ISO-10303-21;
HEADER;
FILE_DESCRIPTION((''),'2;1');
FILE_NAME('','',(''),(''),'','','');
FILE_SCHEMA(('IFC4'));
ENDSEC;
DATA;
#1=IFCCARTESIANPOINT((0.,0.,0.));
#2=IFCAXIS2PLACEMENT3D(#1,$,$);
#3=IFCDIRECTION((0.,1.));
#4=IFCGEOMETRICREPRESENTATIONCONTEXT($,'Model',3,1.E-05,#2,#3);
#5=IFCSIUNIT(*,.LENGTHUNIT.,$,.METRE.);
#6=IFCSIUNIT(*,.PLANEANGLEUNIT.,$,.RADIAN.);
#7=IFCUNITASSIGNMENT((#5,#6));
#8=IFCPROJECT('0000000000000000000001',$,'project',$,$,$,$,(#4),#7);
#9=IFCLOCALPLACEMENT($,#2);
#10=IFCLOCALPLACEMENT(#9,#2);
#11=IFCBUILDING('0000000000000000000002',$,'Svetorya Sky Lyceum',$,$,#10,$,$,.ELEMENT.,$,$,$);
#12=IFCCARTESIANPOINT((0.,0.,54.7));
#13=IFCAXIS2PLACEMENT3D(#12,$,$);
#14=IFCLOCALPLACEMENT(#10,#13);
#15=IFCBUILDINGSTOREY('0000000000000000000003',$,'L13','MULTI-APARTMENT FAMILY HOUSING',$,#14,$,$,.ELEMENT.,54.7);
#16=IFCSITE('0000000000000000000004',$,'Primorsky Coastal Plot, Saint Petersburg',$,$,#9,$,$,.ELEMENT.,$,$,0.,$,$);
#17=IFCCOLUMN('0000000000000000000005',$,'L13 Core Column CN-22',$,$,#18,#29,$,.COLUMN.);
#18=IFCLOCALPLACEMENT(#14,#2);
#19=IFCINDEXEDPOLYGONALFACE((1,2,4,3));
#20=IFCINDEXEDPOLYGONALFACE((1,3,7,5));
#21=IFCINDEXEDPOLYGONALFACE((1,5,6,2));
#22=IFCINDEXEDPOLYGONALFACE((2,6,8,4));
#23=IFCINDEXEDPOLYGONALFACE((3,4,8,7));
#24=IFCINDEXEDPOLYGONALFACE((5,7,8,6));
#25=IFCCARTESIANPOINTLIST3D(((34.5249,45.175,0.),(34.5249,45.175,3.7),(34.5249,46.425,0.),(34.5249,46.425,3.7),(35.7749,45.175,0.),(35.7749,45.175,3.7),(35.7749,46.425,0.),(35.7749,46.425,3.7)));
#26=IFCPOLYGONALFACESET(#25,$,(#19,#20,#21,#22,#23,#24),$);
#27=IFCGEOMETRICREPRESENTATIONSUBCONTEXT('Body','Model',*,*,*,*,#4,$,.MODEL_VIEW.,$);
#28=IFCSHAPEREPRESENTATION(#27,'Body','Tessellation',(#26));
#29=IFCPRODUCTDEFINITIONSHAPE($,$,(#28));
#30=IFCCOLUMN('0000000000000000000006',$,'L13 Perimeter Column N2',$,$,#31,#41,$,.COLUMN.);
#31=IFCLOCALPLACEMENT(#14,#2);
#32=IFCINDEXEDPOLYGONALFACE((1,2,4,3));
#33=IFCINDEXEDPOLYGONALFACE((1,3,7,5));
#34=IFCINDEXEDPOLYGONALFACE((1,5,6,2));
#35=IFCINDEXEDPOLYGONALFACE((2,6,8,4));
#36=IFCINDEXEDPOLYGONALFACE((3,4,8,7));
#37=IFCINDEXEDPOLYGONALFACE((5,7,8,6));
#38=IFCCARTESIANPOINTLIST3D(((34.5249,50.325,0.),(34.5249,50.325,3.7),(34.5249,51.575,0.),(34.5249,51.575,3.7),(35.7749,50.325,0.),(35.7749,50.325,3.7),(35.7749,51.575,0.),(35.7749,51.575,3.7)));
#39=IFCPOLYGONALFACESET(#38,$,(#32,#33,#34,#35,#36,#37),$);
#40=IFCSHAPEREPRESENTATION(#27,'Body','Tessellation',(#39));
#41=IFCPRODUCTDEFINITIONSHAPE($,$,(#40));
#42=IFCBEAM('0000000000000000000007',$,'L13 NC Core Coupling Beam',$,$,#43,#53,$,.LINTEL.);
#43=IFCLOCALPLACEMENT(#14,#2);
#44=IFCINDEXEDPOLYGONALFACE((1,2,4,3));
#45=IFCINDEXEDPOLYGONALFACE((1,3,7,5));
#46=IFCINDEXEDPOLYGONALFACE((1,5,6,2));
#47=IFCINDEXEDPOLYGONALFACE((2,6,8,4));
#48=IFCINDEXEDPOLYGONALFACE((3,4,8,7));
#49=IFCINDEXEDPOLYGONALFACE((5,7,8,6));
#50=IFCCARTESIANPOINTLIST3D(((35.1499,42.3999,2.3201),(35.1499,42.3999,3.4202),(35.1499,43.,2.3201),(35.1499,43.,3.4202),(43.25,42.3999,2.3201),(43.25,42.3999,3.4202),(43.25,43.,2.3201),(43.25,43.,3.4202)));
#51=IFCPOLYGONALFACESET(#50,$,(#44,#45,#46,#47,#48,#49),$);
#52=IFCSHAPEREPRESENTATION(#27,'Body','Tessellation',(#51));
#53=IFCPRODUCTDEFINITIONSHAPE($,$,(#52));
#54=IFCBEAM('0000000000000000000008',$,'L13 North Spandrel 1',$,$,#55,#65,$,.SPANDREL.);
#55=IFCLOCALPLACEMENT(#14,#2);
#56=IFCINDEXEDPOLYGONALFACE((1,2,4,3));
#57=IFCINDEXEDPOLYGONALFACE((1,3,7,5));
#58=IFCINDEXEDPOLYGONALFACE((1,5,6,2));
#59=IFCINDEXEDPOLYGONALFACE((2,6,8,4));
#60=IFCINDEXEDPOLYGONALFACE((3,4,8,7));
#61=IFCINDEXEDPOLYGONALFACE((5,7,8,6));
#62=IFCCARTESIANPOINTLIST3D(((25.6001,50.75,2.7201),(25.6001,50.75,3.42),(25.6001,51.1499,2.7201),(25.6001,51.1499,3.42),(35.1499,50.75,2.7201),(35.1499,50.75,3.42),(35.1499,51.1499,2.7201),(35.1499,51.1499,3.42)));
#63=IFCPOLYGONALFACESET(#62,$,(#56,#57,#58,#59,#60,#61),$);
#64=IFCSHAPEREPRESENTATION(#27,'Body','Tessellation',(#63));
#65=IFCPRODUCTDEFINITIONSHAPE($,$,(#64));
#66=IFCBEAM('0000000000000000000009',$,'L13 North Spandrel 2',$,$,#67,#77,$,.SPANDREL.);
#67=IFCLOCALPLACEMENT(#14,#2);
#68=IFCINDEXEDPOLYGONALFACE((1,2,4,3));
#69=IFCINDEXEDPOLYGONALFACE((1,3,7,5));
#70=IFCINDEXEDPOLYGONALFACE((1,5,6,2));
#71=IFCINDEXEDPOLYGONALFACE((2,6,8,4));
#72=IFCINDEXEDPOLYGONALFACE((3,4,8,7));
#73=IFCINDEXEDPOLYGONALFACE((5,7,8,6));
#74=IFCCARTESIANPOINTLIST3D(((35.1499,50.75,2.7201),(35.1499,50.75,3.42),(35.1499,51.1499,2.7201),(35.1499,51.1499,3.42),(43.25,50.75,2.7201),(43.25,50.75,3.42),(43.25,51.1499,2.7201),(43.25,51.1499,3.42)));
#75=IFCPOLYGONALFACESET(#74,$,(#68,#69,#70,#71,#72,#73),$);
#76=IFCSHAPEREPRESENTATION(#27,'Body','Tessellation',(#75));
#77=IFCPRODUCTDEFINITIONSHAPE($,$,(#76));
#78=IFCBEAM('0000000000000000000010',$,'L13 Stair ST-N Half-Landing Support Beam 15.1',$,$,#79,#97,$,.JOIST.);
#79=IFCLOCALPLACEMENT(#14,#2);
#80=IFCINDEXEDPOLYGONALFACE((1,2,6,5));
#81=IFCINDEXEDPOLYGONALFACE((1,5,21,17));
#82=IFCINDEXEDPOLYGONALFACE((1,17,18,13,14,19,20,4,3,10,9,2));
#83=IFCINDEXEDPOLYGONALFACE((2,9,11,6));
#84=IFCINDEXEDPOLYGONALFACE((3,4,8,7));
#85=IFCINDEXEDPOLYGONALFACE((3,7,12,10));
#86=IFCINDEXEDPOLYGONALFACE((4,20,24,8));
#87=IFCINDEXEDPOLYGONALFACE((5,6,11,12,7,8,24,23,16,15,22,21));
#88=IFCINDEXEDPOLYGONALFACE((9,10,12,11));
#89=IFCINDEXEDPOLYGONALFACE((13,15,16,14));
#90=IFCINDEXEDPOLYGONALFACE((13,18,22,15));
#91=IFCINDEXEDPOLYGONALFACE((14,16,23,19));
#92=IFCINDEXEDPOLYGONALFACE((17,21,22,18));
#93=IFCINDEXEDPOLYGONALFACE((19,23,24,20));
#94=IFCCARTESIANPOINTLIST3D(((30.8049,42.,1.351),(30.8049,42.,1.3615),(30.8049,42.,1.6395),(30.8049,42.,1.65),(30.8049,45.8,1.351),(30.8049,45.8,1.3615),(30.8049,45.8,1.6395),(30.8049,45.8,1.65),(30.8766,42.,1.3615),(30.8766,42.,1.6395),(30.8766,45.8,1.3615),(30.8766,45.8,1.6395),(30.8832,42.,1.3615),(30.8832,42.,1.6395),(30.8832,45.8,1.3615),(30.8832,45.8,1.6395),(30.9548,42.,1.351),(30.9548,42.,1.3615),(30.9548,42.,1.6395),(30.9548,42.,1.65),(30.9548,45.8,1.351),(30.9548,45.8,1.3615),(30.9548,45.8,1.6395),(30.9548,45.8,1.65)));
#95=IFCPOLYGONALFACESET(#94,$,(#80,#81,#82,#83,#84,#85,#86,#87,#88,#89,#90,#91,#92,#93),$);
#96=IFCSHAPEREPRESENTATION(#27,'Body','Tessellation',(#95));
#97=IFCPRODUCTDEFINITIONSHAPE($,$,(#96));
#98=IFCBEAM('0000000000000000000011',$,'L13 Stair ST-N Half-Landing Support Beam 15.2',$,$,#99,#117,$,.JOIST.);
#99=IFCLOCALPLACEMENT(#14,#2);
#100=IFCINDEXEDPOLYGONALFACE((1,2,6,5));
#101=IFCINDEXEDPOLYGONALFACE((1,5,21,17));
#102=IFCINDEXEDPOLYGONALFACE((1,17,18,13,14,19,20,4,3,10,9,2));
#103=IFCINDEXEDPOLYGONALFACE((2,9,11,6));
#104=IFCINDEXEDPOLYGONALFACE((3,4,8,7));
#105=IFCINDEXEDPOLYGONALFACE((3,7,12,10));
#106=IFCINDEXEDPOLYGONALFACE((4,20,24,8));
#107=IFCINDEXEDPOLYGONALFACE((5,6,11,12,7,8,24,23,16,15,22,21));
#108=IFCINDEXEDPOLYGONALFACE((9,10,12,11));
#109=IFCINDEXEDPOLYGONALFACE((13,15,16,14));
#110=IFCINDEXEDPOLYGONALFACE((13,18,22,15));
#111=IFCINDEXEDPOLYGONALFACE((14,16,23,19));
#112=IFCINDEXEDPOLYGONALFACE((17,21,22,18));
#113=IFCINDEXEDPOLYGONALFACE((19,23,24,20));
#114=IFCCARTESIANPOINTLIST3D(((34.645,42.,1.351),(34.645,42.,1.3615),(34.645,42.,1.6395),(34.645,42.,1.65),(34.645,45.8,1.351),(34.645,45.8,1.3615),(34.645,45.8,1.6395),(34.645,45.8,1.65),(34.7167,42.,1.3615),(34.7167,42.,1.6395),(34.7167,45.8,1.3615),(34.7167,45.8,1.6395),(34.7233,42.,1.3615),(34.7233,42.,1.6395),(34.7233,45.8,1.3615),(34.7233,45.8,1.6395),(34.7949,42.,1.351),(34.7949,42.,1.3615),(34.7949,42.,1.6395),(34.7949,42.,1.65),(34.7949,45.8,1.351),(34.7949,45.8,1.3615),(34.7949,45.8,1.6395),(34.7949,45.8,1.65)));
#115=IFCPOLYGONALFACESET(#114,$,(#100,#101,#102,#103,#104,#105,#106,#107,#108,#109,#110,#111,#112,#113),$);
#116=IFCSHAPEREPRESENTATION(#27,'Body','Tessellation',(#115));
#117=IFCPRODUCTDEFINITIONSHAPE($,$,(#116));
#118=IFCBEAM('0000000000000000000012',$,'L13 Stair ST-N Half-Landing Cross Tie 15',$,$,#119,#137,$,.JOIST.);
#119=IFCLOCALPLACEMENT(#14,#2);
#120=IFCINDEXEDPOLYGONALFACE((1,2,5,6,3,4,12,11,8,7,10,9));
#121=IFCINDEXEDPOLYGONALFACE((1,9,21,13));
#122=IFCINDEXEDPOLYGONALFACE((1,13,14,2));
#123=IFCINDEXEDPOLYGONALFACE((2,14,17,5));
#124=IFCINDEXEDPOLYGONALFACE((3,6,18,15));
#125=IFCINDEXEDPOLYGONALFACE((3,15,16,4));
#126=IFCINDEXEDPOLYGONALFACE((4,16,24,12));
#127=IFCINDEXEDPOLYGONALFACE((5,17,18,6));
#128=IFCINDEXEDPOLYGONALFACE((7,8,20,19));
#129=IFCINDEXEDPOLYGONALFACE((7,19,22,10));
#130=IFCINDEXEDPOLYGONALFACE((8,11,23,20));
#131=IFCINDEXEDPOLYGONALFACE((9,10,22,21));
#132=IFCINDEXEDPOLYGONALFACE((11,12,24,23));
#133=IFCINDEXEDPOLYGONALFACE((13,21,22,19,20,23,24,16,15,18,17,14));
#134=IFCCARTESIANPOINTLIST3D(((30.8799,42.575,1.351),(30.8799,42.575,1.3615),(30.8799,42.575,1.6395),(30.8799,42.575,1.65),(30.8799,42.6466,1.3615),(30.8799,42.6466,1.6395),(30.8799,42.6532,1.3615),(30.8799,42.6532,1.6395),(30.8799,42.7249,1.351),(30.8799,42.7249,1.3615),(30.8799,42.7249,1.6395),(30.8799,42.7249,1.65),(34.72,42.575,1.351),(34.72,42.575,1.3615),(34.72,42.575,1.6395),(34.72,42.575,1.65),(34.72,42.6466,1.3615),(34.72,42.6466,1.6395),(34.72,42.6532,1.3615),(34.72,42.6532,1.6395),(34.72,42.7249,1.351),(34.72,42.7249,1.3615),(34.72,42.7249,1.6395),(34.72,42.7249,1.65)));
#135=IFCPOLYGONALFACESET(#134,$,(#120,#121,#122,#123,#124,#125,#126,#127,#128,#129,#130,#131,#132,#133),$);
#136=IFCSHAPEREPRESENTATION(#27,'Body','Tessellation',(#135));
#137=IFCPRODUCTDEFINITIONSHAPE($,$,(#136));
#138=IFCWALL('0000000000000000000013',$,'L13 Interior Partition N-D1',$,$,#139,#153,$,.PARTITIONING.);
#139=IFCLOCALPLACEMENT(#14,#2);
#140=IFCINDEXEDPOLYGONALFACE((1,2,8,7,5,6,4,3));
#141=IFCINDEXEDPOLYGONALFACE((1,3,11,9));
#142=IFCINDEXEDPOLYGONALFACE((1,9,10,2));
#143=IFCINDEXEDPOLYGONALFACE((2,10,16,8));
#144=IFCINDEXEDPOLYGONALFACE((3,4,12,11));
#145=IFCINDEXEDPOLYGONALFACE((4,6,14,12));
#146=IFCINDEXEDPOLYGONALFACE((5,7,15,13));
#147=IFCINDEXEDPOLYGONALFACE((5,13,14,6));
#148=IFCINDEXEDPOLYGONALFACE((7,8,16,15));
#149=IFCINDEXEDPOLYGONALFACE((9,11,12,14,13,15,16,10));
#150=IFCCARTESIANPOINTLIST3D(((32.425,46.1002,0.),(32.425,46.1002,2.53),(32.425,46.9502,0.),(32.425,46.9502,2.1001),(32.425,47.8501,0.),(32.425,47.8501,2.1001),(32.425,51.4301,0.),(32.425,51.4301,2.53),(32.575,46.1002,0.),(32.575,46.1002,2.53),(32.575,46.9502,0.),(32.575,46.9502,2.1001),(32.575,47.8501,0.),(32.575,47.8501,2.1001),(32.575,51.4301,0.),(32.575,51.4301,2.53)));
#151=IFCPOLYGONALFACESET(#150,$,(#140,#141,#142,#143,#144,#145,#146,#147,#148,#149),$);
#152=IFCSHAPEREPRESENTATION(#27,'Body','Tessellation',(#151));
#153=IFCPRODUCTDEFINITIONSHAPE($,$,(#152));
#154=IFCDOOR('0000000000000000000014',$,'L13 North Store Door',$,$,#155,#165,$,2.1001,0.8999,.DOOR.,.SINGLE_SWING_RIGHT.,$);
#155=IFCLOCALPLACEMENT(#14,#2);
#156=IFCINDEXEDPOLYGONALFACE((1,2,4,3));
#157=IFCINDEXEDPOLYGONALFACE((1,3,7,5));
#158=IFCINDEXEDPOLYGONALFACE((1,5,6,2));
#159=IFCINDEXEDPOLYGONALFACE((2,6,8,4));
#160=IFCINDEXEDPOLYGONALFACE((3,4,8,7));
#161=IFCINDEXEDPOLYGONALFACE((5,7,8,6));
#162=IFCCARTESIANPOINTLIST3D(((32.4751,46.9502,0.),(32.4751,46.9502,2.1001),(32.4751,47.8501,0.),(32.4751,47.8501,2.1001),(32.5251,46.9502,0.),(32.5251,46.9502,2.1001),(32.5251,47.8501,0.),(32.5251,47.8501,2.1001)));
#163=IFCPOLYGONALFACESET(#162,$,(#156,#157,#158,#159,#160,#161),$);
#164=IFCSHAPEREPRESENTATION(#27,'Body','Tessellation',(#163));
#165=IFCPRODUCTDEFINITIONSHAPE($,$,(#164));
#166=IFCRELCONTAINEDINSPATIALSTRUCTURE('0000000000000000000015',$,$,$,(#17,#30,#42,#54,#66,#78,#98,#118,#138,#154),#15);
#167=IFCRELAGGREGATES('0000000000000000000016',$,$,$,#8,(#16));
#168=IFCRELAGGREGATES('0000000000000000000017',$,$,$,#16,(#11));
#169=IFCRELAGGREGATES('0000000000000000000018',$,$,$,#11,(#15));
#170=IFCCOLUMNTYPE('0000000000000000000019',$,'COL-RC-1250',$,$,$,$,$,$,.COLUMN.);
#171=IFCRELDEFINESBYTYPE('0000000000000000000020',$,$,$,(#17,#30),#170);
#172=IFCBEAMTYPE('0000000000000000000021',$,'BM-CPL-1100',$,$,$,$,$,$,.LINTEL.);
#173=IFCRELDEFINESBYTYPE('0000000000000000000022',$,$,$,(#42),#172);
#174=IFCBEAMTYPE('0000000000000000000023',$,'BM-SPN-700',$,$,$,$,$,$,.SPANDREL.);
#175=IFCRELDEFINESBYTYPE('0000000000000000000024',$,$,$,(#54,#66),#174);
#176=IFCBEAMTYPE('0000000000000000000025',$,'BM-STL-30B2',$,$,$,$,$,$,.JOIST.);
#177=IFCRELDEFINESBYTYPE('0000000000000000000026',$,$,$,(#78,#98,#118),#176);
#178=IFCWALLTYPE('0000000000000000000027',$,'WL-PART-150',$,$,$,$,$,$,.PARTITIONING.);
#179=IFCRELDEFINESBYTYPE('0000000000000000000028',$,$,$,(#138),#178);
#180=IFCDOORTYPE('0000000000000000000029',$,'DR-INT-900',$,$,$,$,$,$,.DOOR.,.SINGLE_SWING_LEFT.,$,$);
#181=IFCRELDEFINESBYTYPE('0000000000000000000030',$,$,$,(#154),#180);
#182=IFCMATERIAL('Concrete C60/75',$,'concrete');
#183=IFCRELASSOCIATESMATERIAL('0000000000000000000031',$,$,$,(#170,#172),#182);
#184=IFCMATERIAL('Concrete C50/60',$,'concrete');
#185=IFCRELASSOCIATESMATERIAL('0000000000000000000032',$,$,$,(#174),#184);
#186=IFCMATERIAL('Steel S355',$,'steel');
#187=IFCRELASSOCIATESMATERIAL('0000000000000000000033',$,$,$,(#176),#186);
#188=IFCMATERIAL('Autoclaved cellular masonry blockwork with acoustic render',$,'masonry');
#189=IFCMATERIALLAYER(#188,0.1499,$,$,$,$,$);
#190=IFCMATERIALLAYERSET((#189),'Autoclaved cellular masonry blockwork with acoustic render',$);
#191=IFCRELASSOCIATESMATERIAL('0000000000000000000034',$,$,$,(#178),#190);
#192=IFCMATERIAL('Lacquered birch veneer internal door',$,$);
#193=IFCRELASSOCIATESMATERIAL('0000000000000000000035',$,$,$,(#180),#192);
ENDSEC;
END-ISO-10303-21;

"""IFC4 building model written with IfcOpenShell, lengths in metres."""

from ifc_helpers import new_model, si_unit, direction, frame, frame_2d, origin, origin_2d, place, context, subcontext, project, spatial, rectangle, i_section, extrude, material, layer, layer_set, material_profile, profile_set, type_object, element, fill, save


model = new_model("IFC4")

# Units and contexts
model_context = context("Model", 3, precision=1e-05, world=origin(), true_north=direction((0.0, 1.0)))
body_context = subcontext(model_context, "Body", "Model", "MODEL_VIEW")
ifc_project = project(units=[si_unit("LENGTHUNIT", "METRE"), si_unit("PLANEANGLEUNIT", "RADIAN")], contexts=[model_context])

# Site, building, storey
site_placement = place(None, origin())
site = spatial("IfcSite", under=ifc_project, at=site_placement, Name="Primorsky Coastal Plot, Saint Petersburg", CompositionType="ELEMENT", RefElevation=0.0)
building_placement = place(site_placement, origin())
building = spatial("IfcBuilding", under=site, at=building_placement, Name="Svetorya Sky Lyceum", CompositionType="ELEMENT")
storey_placement = place(building_placement, frame((0.0, 0.0, 54.7)))
storey = spatial("IfcBuildingStorey", under=building, at=storey_placement, Name="L13", Description="MULTI-APARTMENT FAMILY HOUSING", CompositionType="ELEMENT", Elevation=54.7)

# Columns
ifc_material_1 = material(Name="Concrete C60/75", Category="concrete")
ifc_material_profile_1 = material_profile(ifc_material_1, rectangle(XDim=1.25, YDim=1.25, at=origin_2d()), Name="RC COL 1250x1250")
ifc_profile_set_1 = profile_set([ifc_material_profile_1], Name="Concrete C60/75")
column_type = type_object("IfcColumnType", Name="COL-RC-1250", PredefinedType="COLUMN", material=ifc_profile_set_1)
for number, where, z_axis, x_axis, name in (
    (1, (35.1499, 45.8, 0.0), (0.0, 0.0, 1.0), (1.0, 0.0, 0.0), "L13 Core Column CN-22"),
    (2, (35.1499, 50.95, 0.0), (0.0, 0.0, 1.0), (1.0, 0.0, 0.0), "L13 Perimeter Column N2"),
):
    element("IfcColumn", number, at=place(storey_placement, frame(where, z_axis=z_axis, x_axis=x_axis)), inside=storey, type_object=column_type, Name=name, PredefinedType="COLUMN", context=body_context, shape_type="SweptSolid", body=[
        extrude(rectangle(XDim=1.25, YDim=1.25, at=origin_2d()), origin(), (0.0, 0.0, 1.0), 3.7),
    ])

# Beams
ifc_material_profile_2 = material_profile(ifc_material_1, rectangle(XDim=0.6001, YDim=1.1001, at=origin_2d()), Name="RC COUPLING 600x1100")
ifc_profile_set_2 = profile_set([ifc_material_profile_2], Name="Concrete C60/75")
beam_type_1 = type_object("IfcBeamType", Name="BM-CPL-1100", PredefinedType="LINTEL", material=ifc_profile_set_2)
beam_1_placement = place(storey_placement, frame((35.1499, 42.7, 2.8701), z_axis=(1.0, 0.0, 0.0), x_axis=(0.0, 1.0, 0.0)))
element("IfcBeam", 3, at=beam_1_placement, inside=storey, type_object=beam_type_1, Name="L13 NC Core Coupling Beam", PredefinedType="LINTEL", context=body_context, shape_type="SweptSolid", body=[
    extrude(rectangle(XDim=0.6001, YDim=1.1001, at=origin_2d()), origin(), (0.0, 0.0, 1.0), 8.1001),
])
ifc_material_2 = material(Name="Concrete C50/60", Category="concrete")
ifc_material_profile_3 = material_profile(ifc_material_2, rectangle(XDim=0.3999, YDim=0.7, at=origin_2d()), Name="RC SPANDREL 400x700")
ifc_profile_set_3 = profile_set([ifc_material_profile_3], Name="Concrete C50/60")
beam_type_2 = type_object("IfcBeamType", Name="BM-SPN-700", PredefinedType="SPANDREL", material=ifc_profile_set_3)
beam_2_placement = place(storey_placement, frame((25.6001, 50.95, 3.0701), z_axis=(1.0, 0.0, 0.0), x_axis=(0.0, 1.0, 0.0)))
element("IfcBeam", 4, at=beam_2_placement, inside=storey, type_object=beam_type_2, Name="L13 North Spandrel 1", PredefinedType="SPANDREL", context=body_context, shape_type="SweptSolid", body=[
    extrude(rectangle(XDim=0.3999, YDim=0.7, at=origin_2d()), origin(), (0.0, 0.0, 1.0), 9.5498),
])
beam_3_placement = place(storey_placement, frame((35.1499, 50.95, 3.0701), z_axis=(1.0, 0.0, 0.0), x_axis=(0.0, 1.0, 0.0)))
element("IfcBeam", 5, at=beam_3_placement, inside=storey, type_object=beam_type_2, Name="L13 North Spandrel 2", PredefinedType="SPANDREL", context=body_context, shape_type="SweptSolid", body=[
    extrude(rectangle(XDim=0.3999, YDim=0.7, at=origin_2d()), origin(), (0.0, 0.0, 1.0), 8.1001),
])
ifc_material_3 = material(Name="Steel S355", Category="steel")
ifc_material_profile_4 = material_profile(ifc_material_3, i_section(OverallWidth=0.1499, OverallDepth=0.2991, WebThickness=0.0066, FlangeThickness=0.0105, at=origin_2d()), Name="GOST 30B2")
ifc_profile_set_4 = profile_set([ifc_material_profile_4], Name="Steel S355")
beam_type_3 = type_object("IfcBeamType", Name="BM-STL-30B2", PredefinedType="JOIST", material=ifc_profile_set_4)
for number, where, z_axis, x_axis, name in (
    (6, (30.8799, 42.0, 1.5005), (0.0, 1.0, 0.0), (-1.0, 0.0, 0.0), "L13 Stair ST-N Half-Landing Support Beam 15.1"),
    (7, (34.72, 42.0, 1.5005), (0.0, 1.0, 0.0), (-1.0, 0.0, 0.0), "L13 Stair ST-N Half-Landing Support Beam 15.2"),
):
    element("IfcBeam", number, at=place(storey_placement, frame(where, z_axis=z_axis, x_axis=x_axis)), inside=storey, type_object=beam_type_3, Name=name, PredefinedType="JOIST", context=body_context, shape_type="SweptSolid", body=[
        extrude(i_section(OverallWidth=0.1499, OverallDepth=0.2991, WebThickness=0.0066, FlangeThickness=0.0105, at=origin_2d()), origin(), (0.0, 0.0, 1.0), 3.8),
    ])
beam_4_placement = place(storey_placement, frame((30.8799, 42.6499, 1.5005), z_axis=(1.0, 0.0, 0.0), x_axis=(0.0, 1.0, 0.0)))
element("IfcBeam", 8, at=beam_4_placement, inside=storey, type_object=beam_type_3, Name="L13 Stair ST-N Half-Landing Cross Tie 15", PredefinedType="JOIST", context=body_context, shape_type="SweptSolid", body=[
    extrude(i_section(OverallWidth=0.1499, OverallDepth=0.2991, WebThickness=0.0066, FlangeThickness=0.0105, at=origin_2d()), origin(), (0.0, 0.0, 1.0), 3.8401),
])

# Wall, opening, door
ifc_material_4 = material(Name="Autoclaved cellular masonry blockwork with acoustic render", Category="masonry")
ifc_layer = layer(ifc_material_4, 0.1499)
ifc_layer_set = layer_set([ifc_layer], Name="Autoclaved cellular masonry blockwork with acoustic render")
wall_type = type_object("IfcWallType", Name="WL-PART-150", PredefinedType="PARTITIONING", material=ifc_layer_set)
wall_placement = place(storey_placement, frame((32.5, 46.1001, 0.0), z_axis=(0.0, 0.0, 1.0), x_axis=(0.0, 1.0, 0.0)))
wall = element("IfcWall", 9, at=wall_placement, inside=storey, type_object=wall_type, Name="L13 Interior Partition N-D1", PredefinedType="PARTITIONING", context=body_context, shape_type="SweptSolid", body=[
    extrude(rectangle(XDim=5.3298, YDim=0.1499, at=frame_2d((2.665, 0.0))), origin(), (0.0, 0.0, 1.0), 2.53),
])
opening_placement = place(wall_placement, frame((0.8501, 0.0, 0.0)))
opening = element("IfcOpeningElement", 10, at=opening_placement, cuts=wall, PredefinedType="OPENING", context=body_context, shape_type="SweptSolid", body=[
    extrude(rectangle(XDim=0.8999, YDim=2.1001, at=frame_2d((0.45, 1.05))), frame((0.0, 0.085, 0.0), z_axis=(0.0, -1.0, 0.0), x_axis=(1.0, 0.0, 0.0)), (0.0, 0.0, 1.0), 0.1699),
])
ifc_material_5 = material(Name="Lacquered birch veneer internal door")
door_type = type_object("IfcDoorType", Name="DR-INT-900", OperationType="SINGLE_SWING_LEFT", PredefinedType="DOOR", material=ifc_material_5)
door_placement = place(opening_placement, origin())
door = element("IfcDoor", 11, at=door_placement, inside=storey, type_object=door_type, Name="L13 North Store Door", OperationType="SINGLE_SWING_RIGHT", OverallHeight=2.1001, OverallWidth=0.8999, PredefinedType="DOOR", context=body_context, shape_type="SweptSolid", body=[
    extrude(rectangle(XDim=0.8999, YDim=2.1001, at=frame_2d((0.45, 1.05))), frame((0.0, 0.0249, 0.0), z_axis=(0.0, -1.0, 0.0), x_axis=(1.0, 0.0, 0.0)), (0.0, 0.0, 1.0), 0.05),
])
fill(opening, door)

save(model, "model.ifc")
